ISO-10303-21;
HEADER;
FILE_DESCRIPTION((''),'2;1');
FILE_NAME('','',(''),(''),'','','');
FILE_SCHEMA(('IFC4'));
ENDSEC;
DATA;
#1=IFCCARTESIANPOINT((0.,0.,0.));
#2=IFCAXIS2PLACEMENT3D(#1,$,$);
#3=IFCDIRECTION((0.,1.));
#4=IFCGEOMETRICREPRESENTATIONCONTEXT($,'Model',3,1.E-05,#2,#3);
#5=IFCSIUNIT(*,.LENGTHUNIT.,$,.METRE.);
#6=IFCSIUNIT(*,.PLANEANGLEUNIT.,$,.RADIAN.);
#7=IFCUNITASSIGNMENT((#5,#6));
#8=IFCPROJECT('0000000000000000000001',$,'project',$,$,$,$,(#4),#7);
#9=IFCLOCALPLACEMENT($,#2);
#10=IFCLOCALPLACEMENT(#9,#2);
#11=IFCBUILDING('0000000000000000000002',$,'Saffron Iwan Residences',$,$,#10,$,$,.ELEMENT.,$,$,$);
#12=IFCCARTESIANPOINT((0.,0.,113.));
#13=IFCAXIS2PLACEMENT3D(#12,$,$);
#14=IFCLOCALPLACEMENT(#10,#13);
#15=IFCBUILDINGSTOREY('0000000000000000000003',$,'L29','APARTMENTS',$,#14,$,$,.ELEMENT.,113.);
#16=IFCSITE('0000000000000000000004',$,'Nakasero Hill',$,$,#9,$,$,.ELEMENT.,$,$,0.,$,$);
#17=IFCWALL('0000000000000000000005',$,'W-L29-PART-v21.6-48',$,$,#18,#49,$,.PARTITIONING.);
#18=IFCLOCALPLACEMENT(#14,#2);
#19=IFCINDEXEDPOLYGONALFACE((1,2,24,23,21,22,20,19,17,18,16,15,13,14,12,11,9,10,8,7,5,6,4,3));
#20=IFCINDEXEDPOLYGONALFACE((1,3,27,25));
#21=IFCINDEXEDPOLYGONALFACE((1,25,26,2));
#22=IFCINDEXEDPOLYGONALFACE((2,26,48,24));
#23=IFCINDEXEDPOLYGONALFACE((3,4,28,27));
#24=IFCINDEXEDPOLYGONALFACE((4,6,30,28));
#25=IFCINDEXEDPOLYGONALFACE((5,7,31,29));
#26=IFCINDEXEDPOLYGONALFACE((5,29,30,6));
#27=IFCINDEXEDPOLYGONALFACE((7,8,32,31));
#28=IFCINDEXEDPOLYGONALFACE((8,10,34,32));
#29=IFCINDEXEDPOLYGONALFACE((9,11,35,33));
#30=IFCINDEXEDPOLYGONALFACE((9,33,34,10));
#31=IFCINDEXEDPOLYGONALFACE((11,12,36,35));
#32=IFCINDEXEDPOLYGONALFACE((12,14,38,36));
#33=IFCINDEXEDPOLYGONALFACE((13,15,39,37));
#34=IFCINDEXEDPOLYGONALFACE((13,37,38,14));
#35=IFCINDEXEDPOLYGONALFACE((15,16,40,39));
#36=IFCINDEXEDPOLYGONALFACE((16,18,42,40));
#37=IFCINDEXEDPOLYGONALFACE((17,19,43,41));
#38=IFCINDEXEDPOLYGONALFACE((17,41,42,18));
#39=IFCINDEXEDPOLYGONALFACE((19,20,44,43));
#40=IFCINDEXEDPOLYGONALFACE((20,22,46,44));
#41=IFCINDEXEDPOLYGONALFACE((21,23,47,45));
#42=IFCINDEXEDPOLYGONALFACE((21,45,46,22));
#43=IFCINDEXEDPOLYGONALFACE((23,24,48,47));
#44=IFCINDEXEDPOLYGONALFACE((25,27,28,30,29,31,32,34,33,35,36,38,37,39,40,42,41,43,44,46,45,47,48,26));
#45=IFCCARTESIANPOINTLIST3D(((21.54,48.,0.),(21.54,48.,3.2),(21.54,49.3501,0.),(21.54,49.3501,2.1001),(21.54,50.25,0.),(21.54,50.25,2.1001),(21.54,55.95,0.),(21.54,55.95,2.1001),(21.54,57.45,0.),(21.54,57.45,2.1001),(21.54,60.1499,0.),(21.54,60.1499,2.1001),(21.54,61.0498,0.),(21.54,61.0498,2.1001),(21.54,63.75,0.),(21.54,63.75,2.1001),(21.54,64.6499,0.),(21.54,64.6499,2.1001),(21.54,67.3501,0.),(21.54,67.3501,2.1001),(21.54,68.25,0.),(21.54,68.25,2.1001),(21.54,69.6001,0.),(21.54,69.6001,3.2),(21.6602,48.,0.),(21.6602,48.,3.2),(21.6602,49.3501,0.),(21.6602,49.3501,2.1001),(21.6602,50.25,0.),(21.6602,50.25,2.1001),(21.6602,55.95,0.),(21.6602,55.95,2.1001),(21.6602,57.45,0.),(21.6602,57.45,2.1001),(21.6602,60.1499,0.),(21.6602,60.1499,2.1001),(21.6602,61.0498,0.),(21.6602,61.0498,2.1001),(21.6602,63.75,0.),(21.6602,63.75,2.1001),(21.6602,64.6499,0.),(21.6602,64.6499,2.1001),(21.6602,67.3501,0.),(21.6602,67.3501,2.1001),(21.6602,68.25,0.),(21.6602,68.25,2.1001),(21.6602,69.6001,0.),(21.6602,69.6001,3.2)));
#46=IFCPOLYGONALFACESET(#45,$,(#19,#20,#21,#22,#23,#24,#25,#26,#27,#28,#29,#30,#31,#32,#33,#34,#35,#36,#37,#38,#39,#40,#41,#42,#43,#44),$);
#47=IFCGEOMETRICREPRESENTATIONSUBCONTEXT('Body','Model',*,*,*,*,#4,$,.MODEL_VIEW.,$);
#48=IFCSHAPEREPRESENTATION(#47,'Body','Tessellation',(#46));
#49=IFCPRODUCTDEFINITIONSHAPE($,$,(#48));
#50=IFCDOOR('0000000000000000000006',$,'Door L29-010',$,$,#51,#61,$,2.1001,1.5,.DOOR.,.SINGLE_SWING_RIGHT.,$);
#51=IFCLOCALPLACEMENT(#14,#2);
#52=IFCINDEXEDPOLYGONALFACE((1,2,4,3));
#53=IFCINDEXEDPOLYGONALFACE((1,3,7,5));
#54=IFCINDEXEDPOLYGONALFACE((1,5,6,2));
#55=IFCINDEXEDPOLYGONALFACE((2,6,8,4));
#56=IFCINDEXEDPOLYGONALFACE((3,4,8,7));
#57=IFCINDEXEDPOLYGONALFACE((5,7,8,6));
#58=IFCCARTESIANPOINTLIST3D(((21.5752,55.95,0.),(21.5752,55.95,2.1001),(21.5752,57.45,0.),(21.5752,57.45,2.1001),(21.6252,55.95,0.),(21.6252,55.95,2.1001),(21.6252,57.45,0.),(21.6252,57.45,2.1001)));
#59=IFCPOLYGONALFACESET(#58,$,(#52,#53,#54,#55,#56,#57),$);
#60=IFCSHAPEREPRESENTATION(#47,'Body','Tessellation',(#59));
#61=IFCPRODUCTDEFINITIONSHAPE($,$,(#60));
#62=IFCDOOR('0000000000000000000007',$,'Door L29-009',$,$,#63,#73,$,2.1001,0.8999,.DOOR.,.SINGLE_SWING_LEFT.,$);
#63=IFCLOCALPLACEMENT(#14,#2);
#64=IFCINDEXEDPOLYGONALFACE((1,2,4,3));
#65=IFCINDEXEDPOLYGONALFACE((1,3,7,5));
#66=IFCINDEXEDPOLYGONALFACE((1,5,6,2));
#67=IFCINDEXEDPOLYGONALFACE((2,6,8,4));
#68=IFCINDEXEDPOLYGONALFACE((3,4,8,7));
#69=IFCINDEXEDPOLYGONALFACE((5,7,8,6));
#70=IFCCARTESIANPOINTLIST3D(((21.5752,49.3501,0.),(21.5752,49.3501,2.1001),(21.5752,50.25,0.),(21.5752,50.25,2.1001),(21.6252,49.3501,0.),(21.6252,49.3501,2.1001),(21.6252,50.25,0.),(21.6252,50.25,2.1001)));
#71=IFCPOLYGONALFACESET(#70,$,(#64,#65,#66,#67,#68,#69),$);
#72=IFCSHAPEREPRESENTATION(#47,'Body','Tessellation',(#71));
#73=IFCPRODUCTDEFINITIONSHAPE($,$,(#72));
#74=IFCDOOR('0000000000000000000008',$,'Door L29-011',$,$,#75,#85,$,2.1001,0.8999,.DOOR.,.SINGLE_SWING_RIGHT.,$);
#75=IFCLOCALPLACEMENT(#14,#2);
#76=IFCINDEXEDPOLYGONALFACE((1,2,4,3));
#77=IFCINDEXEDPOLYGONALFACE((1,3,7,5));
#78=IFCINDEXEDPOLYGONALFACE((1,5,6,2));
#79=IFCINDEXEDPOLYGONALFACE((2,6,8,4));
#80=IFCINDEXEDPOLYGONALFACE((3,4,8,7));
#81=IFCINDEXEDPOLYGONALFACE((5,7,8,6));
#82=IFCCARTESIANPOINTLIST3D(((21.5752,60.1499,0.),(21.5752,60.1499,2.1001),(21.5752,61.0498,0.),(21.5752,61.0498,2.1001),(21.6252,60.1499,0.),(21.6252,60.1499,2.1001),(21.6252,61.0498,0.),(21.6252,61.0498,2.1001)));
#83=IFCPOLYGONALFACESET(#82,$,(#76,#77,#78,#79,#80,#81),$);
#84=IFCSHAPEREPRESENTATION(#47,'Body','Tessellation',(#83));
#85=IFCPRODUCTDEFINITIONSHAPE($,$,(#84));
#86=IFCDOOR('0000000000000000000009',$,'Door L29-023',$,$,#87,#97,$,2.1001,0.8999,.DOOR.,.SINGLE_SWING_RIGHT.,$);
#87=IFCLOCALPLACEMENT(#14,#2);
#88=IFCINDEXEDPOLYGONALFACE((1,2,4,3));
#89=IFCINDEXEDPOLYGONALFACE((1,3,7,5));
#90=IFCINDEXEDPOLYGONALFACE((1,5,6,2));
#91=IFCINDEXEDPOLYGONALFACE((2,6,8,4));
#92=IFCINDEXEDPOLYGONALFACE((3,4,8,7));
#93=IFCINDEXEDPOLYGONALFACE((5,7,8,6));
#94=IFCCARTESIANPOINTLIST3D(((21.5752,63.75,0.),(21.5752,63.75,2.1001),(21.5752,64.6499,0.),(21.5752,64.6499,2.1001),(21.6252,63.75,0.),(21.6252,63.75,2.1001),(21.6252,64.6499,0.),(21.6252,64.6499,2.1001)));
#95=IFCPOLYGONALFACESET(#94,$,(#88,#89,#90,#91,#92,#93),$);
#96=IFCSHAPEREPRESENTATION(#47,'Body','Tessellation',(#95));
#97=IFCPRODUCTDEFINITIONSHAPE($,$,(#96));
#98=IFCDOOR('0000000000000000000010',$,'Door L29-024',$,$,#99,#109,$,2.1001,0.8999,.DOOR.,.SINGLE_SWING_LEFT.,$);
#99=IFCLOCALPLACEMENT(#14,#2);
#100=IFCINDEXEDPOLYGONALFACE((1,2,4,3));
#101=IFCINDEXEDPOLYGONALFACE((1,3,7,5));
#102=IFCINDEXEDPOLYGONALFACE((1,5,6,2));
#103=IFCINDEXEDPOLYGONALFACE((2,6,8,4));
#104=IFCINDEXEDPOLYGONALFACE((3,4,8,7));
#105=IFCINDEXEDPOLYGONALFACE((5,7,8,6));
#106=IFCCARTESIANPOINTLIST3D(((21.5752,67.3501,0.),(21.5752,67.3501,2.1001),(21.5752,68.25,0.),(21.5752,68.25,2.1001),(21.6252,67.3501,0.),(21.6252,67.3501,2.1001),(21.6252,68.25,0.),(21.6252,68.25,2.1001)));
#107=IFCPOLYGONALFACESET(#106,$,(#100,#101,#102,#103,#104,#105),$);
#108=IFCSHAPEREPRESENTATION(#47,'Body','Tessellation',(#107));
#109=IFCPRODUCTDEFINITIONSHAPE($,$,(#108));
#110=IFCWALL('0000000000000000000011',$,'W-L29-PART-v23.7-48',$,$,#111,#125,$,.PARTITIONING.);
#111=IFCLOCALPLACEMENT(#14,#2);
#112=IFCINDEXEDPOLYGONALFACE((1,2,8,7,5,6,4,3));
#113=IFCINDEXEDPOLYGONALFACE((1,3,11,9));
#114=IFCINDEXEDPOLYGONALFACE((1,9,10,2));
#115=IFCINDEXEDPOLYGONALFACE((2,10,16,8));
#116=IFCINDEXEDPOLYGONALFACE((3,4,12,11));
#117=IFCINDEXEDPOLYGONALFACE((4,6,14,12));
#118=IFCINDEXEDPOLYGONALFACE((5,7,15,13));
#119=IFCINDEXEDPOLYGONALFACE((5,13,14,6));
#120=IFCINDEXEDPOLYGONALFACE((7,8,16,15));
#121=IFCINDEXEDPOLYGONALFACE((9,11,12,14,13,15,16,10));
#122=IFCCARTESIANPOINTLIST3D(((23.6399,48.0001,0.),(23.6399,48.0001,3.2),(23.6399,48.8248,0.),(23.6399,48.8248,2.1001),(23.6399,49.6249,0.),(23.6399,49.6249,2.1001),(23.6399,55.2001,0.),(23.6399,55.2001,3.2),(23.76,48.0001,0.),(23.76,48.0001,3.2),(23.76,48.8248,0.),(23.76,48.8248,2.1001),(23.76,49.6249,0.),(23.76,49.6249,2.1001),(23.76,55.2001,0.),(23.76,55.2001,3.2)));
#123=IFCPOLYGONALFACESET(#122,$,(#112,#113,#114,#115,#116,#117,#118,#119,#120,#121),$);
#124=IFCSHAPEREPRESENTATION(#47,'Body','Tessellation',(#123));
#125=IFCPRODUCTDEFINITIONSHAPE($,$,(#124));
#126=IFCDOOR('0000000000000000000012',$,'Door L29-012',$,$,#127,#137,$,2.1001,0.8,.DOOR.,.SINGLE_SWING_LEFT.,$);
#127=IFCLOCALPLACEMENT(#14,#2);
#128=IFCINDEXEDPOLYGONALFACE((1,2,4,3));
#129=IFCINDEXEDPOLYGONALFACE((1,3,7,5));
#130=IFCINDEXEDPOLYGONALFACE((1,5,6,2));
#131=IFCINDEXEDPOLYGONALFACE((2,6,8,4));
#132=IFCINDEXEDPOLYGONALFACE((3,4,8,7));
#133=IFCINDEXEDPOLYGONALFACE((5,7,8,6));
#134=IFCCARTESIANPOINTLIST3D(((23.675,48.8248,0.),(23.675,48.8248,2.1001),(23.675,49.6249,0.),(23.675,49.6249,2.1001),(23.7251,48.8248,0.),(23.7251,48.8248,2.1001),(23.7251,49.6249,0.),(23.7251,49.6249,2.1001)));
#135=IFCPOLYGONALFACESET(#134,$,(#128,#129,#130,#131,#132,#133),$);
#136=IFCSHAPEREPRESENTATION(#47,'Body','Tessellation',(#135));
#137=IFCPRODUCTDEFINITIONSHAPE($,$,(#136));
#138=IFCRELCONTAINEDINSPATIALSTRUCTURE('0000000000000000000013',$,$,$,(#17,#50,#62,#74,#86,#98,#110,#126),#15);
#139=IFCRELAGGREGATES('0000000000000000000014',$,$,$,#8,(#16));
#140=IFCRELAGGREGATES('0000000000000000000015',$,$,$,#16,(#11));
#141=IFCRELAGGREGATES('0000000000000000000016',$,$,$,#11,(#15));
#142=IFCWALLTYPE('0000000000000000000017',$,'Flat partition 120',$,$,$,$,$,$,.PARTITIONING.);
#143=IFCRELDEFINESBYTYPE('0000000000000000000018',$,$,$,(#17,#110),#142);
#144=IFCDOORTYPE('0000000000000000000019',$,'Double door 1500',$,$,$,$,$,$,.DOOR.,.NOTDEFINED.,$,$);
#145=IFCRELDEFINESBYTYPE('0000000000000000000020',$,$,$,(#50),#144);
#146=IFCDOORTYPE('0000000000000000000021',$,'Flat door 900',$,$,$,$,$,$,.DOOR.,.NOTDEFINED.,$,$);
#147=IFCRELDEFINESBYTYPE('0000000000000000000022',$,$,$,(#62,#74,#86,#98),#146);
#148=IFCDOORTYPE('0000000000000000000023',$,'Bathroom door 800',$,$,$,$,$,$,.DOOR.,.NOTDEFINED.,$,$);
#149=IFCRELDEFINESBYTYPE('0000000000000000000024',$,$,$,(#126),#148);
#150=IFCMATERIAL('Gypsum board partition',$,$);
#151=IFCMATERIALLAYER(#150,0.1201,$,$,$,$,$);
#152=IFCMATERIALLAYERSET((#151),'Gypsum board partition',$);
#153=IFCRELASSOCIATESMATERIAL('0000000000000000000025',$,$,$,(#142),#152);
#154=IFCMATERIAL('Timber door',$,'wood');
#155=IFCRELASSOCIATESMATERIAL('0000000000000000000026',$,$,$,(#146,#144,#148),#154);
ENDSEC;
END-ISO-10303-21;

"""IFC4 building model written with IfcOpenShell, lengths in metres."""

from ifc_helpers import new_model, si_unit, direction, frame, frame_2d, origin, place, context, subcontext, project, spatial, rectangle, extrude, material, layer, layer_set, type_object, element, fill, save


model = new_model("IFC4")

# Units and contexts
model_context = context("Model", 3, precision=1e-05, world=origin(), true_north=direction((0.0, 1.0)))
body_context = subcontext(model_context, "Body", "Model", "MODEL_VIEW")
ifc_project = project(units=[si_unit("LENGTHUNIT", "METRE"), si_unit("PLANEANGLEUNIT", "RADIAN")], contexts=[model_context])

# Site, building, storey
site_placement = place(None, origin())
site = spatial("IfcSite", under=ifc_project, at=site_placement, Name="Nakasero Hill", CompositionType="ELEMENT", RefElevation=0.0)
building_placement = place(site_placement, origin())
building = spatial("IfcBuilding", under=site, at=building_placement, Name="Saffron Iwan Residences", CompositionType="ELEMENT")
storey_placement = place(building_placement, frame((0.0, 0.0, 113.0)))
storey = spatial("IfcBuildingStorey", under=building, at=storey_placement, Name="L29", Description="APARTMENTS", CompositionType="ELEMENT", Elevation=113.0)

# Shared definitions
ifc_material_1 = material(Name="Gypsum board partition")
ifc_layer = layer(ifc_material_1, 0.1201)
ifc_layer_set = layer_set([ifc_layer], Name="Gypsum board partition")
wall_type = type_object("IfcWallType", Name="Flat partition 120", PredefinedType="PARTITIONING", material=ifc_layer_set)

# Wall, openings, doors
ifc_material_2 = material(Name="Timber door", Category="wood")
door_type_1 = type_object("IfcDoorType", Name="Flat door 900", OperationType="NOTDEFINED", PredefinedType="DOOR", material=ifc_material_2)
wall_1_placement = place(storey_placement, frame((21.6001, 48.0, 0.0), z_axis=(0.0, 0.0, 1.0), x_axis=(0.0, 1.0, 0.0)))
wall_1 = element("IfcWall", 1, at=wall_1_placement, inside=storey, type_object=wall_type, Name="W-L29-PART-v21.6-48", PredefinedType="PARTITIONING", context=body_context, shape_type="SweptSolid", body=[
    extrude(rectangle(XDim=21.6001, YDim=0.1201, at=frame_2d((10.8, 0.0))), origin(), (0.0, 0.0, 1.0), 3.2),
])
opening_1_placement = place(wall_1_placement, frame((1.3501, 0.0, 0.0)))
opening_1 = element("IfcOpeningElement", 2, at=opening_1_placement, cuts=wall_1, PredefinedType="OPENING", context=body_context, shape_type="SweptSolid", body=[
    extrude(rectangle(XDim=0.8999, YDim=2.1001, at=frame_2d((0.45, 1.05))), frame((0.0, 0.0701, 0.0), z_axis=(0.0, -1.0, 0.0), x_axis=(1.0, 0.0, 0.0)), (0.0, 0.0, 1.0), 0.1401),
])
opening_2_placement = place(wall_1_placement, frame((7.95, 0.0, 0.0)))
opening_2 = element("IfcOpeningElement", 3, at=opening_2_placement, cuts=wall_1, PredefinedType="OPENING", context=body_context, shape_type="SweptSolid", body=[
    extrude(rectangle(XDim=1.5, YDim=2.1001, at=frame_2d((0.75, 1.05))), frame((0.0, 0.0701, 0.0), z_axis=(0.0, -1.0, 0.0), x_axis=(1.0, 0.0, 0.0)), (0.0, 0.0, 1.0), 0.1401),
])
opening_3_placement = place(wall_1_placement, frame((12.1499, 0.0, 0.0)))
opening_3 = element("IfcOpeningElement", 4, at=opening_3_placement, cuts=wall_1, PredefinedType="OPENING", context=body_context, shape_type="SweptSolid", body=[
    extrude(rectangle(XDim=0.8999, YDim=2.1001, at=frame_2d((0.45, 1.05))), frame((0.0, 0.0701, 0.0), z_axis=(0.0, -1.0, 0.0), x_axis=(1.0, 0.0, 0.0)), (0.0, 0.0, 1.0), 0.1401),
])
opening_4_placement = place(wall_1_placement, frame((15.75, 0.0, 0.0)))
opening_4 = element("IfcOpeningElement", 5, at=opening_4_placement, cuts=wall_1, PredefinedType="OPENING", context=body_context, shape_type="SweptSolid", body=[
    extrude(rectangle(XDim=0.8999, YDim=2.1001, at=frame_2d((0.45, 1.05))), frame((0.0, 0.0701, 0.0), z_axis=(0.0, -1.0, 0.0), x_axis=(1.0, 0.0, 0.0)), (0.0, 0.0, 1.0), 0.1401),
])
opening_5_placement = place(wall_1_placement, frame((19.3501, 0.0, 0.0)))
opening_5 = element("IfcOpeningElement", 6, at=opening_5_placement, cuts=wall_1, PredefinedType="OPENING", context=body_context, shape_type="SweptSolid", body=[
    extrude(rectangle(XDim=0.8999, YDim=2.1001, at=frame_2d((0.45, 1.05))), frame((0.0, 0.0701, 0.0), z_axis=(0.0, -1.0, 0.0), x_axis=(1.0, 0.0, 0.0)), (0.0, 0.0, 1.0), 0.1401),
])
door_type_2 = type_object("IfcDoorType", Name="Double door 1500", OperationType="NOTDEFINED", PredefinedType="DOOR", material=ifc_material_2)
door_1_placement = place(opening_2_placement, origin())
door_1 = element("IfcDoor", 7, at=door_1_placement, inside=storey, type_object=door_type_2, Name="Door L29-010", OperationType="SINGLE_SWING_RIGHT", OverallHeight=2.1001, OverallWidth=1.5, PredefinedType="DOOR", context=body_context, shape_type="SweptSolid", body=[
    extrude(rectangle(XDim=1.5, YDim=2.1001, at=frame_2d((0.75, 1.05))), frame((0.0, 0.0249, 0.0), z_axis=(0.0, -1.0, 0.0), x_axis=(1.0, 0.0, 0.0)), (0.0, 0.0, 1.0), 0.05),
])
fill(opening_2, door_1)
door_2_placement = place(opening_1_placement, origin())
door_2 = element("IfcDoor", 8, at=door_2_placement, inside=storey, type_object=door_type_1, Name="Door L29-009", OperationType="SINGLE_SWING_LEFT", OverallHeight=2.1001, OverallWidth=0.8999, PredefinedType="DOOR", context=body_context, shape_type="SweptSolid", body=[
    extrude(rectangle(XDim=0.8999, YDim=2.1001, at=frame_2d((0.45, 1.05))), frame((0.0, 0.0249, 0.0), z_axis=(0.0, -1.0, 0.0), x_axis=(1.0, 0.0, 0.0)), (0.0, 0.0, 1.0), 0.05),
])
fill(opening_1, door_2)
door_3_placement = place(opening_3_placement, origin())
door_3 = element("IfcDoor", 9, at=door_3_placement, inside=storey, type_object=door_type_1, Name="Door L29-011", OperationType="SINGLE_SWING_RIGHT", OverallHeight=2.1001, OverallWidth=0.8999, PredefinedType="DOOR", context=body_context, shape_type="SweptSolid", body=[
    extrude(rectangle(XDim=0.8999, YDim=2.1001, at=frame_2d((0.45, 1.05))), frame((0.0, 0.0249, 0.0), z_axis=(0.0, -1.0, 0.0), x_axis=(1.0, 0.0, 0.0)), (0.0, 0.0, 1.0), 0.05),
])
fill(opening_3, door_3)
door_4_placement = place(opening_4_placement, origin())
door_4 = element("IfcDoor", 10, at=door_4_placement, inside=storey, type_object=door_type_1, Name="Door L29-023", OperationType="SINGLE_SWING_RIGHT", OverallHeight=2.1001, OverallWidth=0.8999, PredefinedType="DOOR", context=body_context, shape_type="SweptSolid", body=[
    extrude(rectangle(XDim=0.8999, YDim=2.1001, at=frame_2d((0.45, 1.05))), frame((0.0, 0.0249, 0.0), z_axis=(0.0, -1.0, 0.0), x_axis=(1.0, 0.0, 0.0)), (0.0, 0.0, 1.0), 0.05),
])
fill(opening_4, door_4)
door_5_placement = place(opening_5_placement, origin())
door_5 = element("IfcDoor", 11, at=door_5_placement, inside=storey, type_object=door_type_1, Name="Door L29-024", OperationType="SINGLE_SWING_LEFT", OverallHeight=2.1001, OverallWidth=0.8999, PredefinedType="DOOR", context=body_context, shape_type="SweptSolid", body=[
    extrude(rectangle(XDim=0.8999, YDim=2.1001, at=frame_2d((0.45, 1.05))), frame((0.0, 0.0249, 0.0), z_axis=(0.0, -1.0, 0.0), x_axis=(1.0, 0.0, 0.0)), (0.0, 0.0, 1.0), 0.05),
])
fill(opening_5, door_5)

# Wall, opening, door
wall_2_placement = place(storey_placement, frame((23.7, 48.0, 0.0), z_axis=(0.0, 0.0, 1.0), x_axis=(0.0, 1.0, 0.0)))
wall_2 = element("IfcWall", 12, at=wall_2_placement, inside=storey, type_object=wall_type, Name="W-L29-PART-v23.7-48", PredefinedType="PARTITIONING", context=body_context, shape_type="SweptSolid", body=[
    extrude(rectangle(XDim=7.2, YDim=0.1201, at=frame_2d((3.6001, 0.0))), origin(), (0.0, 0.0, 1.0), 3.2),
])
opening_6_placement = place(wall_2_placement, frame((0.825, 0.0, 0.0)))
opening_6 = element("IfcOpeningElement", 13, at=opening_6_placement, cuts=wall_2, PredefinedType="OPENING", context=body_context, shape_type="SweptSolid", body=[
    extrude(rectangle(XDim=0.8, YDim=2.1001, at=frame_2d((0.3999, 1.05))), frame((0.0, 0.0701, 0.0), z_axis=(0.0, -1.0, 0.0), x_axis=(1.0, 0.0, 0.0)), (0.0, 0.0, 1.0), 0.1401),
])
door_type_3 = type_object("IfcDoorType", Name="Bathroom door 800", OperationType="NOTDEFINED", PredefinedType="DOOR", material=ifc_material_2)
door_6_placement = place(opening_6_placement, origin())
door_6 = element("IfcDoor", 14, at=door_6_placement, inside=storey, type_object=door_type_3, Name="Door L29-012", OperationType="SINGLE_SWING_LEFT", OverallHeight=2.1001, OverallWidth=0.8, PredefinedType="DOOR", context=body_context, shape_type="SweptSolid", body=[
    extrude(rectangle(XDim=0.8, YDim=2.1001, at=frame_2d((0.3999, 1.05))), frame((0.0, 0.0249, 0.0), z_axis=(0.0, -1.0, 0.0), x_axis=(1.0, 0.0, 0.0)), (0.0, 0.0, 1.0), 0.05),
])
fill(opening_6, door_6)

save(model, "model.ifc")
